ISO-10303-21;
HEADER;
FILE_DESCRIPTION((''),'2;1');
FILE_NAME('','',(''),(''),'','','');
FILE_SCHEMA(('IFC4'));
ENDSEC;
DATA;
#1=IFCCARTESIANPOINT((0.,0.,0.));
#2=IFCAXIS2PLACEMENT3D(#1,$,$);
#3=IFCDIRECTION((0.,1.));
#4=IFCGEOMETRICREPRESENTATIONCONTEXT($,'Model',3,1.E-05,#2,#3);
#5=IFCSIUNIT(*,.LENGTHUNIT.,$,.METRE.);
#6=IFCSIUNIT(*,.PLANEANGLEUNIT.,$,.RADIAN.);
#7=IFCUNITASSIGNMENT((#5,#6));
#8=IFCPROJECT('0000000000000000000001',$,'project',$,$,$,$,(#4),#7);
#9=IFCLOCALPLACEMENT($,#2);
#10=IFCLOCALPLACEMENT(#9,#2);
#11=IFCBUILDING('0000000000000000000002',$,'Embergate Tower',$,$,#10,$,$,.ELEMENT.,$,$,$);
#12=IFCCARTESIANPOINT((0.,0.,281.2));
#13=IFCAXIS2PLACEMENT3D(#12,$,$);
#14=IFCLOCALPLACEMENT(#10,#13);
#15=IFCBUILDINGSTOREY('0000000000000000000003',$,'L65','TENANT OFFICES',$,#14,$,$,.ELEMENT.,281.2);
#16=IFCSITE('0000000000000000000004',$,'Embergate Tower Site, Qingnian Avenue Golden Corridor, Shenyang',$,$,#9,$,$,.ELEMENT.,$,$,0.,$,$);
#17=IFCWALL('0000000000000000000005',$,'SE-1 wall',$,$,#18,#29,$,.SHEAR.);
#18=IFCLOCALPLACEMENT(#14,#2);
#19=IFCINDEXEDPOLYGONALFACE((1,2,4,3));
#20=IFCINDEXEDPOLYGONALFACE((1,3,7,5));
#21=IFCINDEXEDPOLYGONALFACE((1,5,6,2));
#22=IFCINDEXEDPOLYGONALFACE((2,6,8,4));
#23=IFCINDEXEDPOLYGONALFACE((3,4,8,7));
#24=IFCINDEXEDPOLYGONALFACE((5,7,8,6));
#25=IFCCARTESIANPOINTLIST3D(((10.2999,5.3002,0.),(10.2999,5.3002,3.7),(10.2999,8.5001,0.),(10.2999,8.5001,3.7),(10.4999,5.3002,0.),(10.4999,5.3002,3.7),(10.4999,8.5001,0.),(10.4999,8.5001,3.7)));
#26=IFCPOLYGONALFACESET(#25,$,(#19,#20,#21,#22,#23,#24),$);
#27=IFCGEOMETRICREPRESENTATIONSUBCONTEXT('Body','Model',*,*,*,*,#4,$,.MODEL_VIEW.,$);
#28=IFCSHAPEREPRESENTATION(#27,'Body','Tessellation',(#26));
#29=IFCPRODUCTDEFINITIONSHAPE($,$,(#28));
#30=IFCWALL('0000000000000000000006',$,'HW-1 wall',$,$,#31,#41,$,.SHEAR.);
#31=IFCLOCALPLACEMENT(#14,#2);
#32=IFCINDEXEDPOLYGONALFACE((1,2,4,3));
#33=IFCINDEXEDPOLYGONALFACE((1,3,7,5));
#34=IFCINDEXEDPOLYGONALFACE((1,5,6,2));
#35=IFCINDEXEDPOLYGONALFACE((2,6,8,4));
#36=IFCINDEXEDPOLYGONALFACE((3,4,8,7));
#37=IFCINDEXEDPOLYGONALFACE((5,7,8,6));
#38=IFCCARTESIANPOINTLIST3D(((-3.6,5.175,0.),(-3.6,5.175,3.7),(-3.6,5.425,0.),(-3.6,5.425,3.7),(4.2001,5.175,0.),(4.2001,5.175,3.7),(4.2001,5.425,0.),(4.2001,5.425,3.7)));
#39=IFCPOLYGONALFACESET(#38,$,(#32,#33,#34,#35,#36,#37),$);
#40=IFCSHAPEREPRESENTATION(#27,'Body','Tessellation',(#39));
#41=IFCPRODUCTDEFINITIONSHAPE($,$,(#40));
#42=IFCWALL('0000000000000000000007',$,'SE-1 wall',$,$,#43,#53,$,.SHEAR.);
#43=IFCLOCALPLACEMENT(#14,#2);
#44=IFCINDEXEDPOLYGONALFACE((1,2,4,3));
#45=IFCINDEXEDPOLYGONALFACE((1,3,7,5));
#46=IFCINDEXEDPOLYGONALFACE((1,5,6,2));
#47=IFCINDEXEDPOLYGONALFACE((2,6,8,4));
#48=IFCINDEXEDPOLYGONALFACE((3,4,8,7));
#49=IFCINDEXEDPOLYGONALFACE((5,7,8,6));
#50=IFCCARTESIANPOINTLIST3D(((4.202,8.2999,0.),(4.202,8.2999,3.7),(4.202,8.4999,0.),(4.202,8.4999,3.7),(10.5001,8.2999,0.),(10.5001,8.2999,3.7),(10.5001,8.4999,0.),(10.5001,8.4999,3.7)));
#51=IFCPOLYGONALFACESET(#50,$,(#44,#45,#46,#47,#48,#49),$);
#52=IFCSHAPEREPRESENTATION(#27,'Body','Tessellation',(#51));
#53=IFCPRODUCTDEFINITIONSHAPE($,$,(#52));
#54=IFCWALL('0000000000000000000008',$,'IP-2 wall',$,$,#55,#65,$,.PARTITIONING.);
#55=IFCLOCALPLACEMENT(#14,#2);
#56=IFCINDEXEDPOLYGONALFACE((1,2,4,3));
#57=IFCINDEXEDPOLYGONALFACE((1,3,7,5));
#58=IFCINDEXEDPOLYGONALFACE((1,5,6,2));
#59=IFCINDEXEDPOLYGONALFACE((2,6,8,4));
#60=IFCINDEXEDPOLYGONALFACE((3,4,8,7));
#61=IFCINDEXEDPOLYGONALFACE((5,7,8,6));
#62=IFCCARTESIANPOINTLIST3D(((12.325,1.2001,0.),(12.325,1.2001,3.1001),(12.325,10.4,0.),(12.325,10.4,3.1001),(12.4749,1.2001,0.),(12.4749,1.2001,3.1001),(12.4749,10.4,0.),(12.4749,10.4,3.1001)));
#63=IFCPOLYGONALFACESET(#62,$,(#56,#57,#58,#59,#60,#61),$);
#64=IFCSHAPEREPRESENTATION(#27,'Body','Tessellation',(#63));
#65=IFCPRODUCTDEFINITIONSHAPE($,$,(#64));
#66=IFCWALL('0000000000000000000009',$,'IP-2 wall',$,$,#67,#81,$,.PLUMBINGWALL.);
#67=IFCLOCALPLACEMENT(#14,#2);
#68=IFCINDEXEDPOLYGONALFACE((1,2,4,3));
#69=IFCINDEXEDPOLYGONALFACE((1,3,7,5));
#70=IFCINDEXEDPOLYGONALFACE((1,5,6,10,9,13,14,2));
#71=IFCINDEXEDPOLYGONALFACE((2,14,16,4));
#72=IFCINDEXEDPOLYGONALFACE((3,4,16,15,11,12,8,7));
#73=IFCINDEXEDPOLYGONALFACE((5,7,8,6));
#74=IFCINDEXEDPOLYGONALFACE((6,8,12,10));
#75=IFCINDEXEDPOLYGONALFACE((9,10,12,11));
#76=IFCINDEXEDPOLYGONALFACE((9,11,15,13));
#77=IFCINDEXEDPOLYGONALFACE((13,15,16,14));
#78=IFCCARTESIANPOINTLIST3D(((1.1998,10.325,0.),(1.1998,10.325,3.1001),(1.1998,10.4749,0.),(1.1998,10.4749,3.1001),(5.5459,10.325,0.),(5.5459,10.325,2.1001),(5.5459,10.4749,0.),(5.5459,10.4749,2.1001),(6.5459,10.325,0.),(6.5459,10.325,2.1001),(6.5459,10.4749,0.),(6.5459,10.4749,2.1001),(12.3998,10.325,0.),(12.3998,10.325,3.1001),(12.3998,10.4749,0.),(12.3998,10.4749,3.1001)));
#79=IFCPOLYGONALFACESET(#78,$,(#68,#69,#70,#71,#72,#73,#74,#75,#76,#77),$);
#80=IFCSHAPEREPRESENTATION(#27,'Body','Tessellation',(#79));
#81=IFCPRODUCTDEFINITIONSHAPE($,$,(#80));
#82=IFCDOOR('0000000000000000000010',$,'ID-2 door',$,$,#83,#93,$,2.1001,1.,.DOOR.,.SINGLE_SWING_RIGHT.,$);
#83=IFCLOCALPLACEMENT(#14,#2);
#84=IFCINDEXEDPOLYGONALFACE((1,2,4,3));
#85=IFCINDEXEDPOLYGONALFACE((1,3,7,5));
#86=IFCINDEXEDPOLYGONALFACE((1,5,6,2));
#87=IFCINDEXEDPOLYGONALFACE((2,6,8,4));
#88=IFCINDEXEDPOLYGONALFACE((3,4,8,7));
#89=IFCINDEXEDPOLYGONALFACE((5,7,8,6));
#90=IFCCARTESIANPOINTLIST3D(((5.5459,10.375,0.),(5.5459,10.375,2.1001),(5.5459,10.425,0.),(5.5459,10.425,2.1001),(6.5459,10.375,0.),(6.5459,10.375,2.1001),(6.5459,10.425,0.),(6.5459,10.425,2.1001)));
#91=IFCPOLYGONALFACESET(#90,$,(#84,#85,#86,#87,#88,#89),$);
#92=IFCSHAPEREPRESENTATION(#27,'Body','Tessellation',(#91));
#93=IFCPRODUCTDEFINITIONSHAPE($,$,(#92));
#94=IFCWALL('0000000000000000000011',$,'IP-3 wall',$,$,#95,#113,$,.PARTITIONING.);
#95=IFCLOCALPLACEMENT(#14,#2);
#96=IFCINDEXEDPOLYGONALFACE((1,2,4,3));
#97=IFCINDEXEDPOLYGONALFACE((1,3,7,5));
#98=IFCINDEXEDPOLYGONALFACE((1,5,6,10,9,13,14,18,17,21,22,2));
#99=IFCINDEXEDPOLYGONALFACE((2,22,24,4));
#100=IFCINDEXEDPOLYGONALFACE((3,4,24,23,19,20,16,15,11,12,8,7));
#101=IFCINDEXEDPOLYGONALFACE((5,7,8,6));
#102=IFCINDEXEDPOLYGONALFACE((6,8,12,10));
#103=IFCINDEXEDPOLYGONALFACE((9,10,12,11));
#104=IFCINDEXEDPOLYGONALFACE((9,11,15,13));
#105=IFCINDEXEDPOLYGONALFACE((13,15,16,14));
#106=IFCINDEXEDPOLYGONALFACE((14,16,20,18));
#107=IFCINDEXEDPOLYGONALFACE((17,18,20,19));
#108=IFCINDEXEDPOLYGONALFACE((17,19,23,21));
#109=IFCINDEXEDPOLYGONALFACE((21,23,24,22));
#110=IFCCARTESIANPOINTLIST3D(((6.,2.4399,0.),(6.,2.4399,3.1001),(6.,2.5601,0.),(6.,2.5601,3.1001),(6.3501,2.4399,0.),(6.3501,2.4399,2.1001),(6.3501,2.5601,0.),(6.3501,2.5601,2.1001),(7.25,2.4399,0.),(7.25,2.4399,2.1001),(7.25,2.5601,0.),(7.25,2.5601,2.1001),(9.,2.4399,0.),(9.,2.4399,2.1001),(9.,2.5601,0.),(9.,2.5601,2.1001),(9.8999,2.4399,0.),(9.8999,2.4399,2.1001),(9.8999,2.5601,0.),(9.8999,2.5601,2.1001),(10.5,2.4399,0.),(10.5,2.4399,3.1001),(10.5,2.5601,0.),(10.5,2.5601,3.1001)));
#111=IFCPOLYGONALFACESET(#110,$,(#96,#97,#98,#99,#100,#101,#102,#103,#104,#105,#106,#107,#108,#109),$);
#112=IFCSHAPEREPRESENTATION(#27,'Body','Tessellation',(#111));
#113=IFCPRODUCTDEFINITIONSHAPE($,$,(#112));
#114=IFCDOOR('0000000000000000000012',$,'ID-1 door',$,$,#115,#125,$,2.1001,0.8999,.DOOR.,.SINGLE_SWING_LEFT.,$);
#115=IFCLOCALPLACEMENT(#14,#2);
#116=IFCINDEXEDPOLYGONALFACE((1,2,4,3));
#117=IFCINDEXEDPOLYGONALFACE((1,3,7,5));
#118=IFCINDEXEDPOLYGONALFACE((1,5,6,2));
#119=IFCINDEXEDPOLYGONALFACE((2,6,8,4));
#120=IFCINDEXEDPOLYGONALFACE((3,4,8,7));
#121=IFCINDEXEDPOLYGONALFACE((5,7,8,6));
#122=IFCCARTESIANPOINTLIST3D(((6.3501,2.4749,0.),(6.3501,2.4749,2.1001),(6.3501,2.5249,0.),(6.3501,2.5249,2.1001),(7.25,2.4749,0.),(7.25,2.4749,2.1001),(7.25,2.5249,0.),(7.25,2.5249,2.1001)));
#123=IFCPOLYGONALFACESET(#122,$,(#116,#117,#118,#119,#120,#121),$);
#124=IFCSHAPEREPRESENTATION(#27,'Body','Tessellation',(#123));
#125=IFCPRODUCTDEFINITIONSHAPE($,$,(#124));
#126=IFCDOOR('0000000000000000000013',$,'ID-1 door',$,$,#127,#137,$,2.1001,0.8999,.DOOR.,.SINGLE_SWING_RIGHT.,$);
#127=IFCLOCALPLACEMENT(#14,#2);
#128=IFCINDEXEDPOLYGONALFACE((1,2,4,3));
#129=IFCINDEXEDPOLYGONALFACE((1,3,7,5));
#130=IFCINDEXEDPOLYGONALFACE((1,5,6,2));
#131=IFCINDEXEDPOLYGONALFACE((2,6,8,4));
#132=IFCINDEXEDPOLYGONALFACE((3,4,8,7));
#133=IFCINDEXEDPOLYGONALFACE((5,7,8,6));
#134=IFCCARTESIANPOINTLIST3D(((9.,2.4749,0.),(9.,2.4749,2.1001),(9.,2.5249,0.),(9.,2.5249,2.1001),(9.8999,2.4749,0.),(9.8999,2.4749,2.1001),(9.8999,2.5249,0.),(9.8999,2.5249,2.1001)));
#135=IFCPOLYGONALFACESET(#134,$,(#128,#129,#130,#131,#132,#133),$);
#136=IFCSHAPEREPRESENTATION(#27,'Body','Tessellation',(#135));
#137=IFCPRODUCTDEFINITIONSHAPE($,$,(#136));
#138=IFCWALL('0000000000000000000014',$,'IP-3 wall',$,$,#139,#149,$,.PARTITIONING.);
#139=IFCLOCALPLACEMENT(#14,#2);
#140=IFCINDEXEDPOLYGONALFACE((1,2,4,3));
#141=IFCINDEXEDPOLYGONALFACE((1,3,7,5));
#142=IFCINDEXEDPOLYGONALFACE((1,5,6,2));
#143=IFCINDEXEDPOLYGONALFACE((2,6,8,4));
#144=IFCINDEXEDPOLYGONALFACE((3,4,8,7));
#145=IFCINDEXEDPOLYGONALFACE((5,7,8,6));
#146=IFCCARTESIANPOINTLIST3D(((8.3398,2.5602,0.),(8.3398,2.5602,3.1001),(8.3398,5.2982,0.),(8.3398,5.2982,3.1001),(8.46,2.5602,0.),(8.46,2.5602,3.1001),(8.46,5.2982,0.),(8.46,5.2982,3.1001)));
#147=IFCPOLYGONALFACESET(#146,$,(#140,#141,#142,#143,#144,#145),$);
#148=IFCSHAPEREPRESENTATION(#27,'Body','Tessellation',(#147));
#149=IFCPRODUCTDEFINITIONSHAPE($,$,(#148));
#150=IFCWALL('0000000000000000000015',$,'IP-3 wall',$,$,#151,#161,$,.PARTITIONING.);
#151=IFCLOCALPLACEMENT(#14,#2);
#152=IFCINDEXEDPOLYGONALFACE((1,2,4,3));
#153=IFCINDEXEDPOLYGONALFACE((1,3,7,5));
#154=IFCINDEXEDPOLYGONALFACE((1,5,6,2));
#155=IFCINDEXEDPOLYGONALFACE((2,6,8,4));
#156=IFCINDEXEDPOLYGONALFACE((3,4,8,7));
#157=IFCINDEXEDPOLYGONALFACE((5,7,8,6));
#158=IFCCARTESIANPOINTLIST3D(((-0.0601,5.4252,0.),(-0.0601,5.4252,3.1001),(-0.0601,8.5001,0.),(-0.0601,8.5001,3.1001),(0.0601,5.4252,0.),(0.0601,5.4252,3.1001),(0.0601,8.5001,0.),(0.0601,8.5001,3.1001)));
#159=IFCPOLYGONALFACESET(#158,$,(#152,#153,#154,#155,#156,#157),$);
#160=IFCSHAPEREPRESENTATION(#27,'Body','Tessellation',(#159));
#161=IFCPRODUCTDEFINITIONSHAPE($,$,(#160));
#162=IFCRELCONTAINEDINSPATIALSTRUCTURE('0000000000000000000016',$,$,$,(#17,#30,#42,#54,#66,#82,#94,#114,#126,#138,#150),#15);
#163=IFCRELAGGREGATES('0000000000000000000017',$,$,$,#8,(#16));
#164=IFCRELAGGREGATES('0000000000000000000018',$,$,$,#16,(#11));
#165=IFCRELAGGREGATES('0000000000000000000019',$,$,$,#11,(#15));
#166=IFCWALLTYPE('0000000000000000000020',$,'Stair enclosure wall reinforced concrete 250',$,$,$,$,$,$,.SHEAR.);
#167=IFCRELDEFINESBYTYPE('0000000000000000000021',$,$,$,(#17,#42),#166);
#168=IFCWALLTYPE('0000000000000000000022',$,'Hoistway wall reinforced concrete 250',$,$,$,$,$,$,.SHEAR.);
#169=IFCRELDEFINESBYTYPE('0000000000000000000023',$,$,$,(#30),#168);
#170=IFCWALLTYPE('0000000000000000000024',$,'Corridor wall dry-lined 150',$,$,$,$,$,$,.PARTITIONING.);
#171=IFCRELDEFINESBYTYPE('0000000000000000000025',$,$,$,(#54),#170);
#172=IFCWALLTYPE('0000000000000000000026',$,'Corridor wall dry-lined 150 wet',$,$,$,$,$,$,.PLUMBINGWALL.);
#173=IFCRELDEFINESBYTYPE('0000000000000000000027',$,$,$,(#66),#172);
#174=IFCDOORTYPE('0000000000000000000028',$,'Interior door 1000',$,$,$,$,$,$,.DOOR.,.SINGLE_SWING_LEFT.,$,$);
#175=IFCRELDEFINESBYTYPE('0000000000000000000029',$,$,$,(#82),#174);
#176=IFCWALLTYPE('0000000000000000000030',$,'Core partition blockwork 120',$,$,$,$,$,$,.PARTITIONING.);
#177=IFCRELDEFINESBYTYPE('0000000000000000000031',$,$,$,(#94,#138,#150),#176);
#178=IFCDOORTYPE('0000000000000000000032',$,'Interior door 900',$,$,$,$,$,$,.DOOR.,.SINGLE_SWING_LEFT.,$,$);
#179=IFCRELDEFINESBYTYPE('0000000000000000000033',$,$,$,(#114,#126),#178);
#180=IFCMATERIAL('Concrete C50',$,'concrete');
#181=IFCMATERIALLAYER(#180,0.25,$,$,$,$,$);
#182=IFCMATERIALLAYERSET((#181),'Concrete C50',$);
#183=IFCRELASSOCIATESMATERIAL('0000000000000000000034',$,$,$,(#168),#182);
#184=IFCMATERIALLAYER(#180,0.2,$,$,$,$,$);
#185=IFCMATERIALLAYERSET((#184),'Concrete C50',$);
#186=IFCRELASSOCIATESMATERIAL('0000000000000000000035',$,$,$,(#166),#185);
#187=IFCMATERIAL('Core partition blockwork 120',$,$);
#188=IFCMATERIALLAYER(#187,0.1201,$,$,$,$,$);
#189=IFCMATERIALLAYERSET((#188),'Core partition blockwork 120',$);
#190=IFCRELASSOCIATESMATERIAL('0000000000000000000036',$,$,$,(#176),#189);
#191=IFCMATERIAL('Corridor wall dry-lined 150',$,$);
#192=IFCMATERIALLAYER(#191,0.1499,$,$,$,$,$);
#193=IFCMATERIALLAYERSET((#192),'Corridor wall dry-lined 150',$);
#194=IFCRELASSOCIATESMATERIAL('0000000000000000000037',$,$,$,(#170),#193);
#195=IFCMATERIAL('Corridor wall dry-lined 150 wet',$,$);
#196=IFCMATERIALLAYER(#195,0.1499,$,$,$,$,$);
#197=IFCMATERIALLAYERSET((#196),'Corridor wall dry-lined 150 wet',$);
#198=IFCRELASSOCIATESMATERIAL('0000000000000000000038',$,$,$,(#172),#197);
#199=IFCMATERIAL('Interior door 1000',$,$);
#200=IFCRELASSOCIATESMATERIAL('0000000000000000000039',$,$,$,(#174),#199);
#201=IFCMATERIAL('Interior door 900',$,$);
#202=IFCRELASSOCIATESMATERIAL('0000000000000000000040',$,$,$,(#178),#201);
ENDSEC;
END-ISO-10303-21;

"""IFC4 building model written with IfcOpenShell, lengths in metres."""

from ifc_helpers import new_model, si_unit, direction, frame, frame_2d, origin, place, context, subcontext, project, spatial, rectangle, extrude, source, transform, mapped, material, layer, layer_set, type_object, element, fill, save


model = new_model("IFC4")

# Units and contexts
model_context = context("Model", 3, precision=1e-05, world=origin(), true_north=direction((0.0, 1.0)))
body_context = subcontext(model_context, "Body", "Model", "MODEL_VIEW")
ifc_project = project(units=[si_unit("LENGTHUNIT", "METRE"), si_unit("PLANEANGLEUNIT", "RADIAN")], contexts=[model_context])

# Site, building, storey
site_placement = place(None, origin())
site = spatial("IfcSite", under=ifc_project, at=site_placement, Name="Embergate Tower Site, Qingnian Avenue Golden Corridor, Shenyang", CompositionType="ELEMENT", RefElevation=0.0)
building_placement = place(site_placement, origin())
building = spatial("IfcBuilding", under=site, at=building_placement, Name="Embergate Tower", CompositionType="ELEMENT")
storey_placement = place(building_placement, frame((0.0, 0.0, 281.2)))
storey = spatial("IfcBuildingStorey", under=building, at=storey_placement, Name="L65", Description="TENANT OFFICES", CompositionType="ELEMENT", Elevation=281.2)

# Shared definitions
ifc_material_1 = material(Name="Concrete C50", Category="concrete")
ifc_layer_1 = layer(ifc_material_1, 0.25)
ifc_layer_set_1 = layer_set([ifc_layer_1], Name="Concrete C50")
wall_type_1 = type_object("IfcWallType", Name="Hoistway wall reinforced concrete 250", PredefinedType="SHEAR", material=ifc_layer_set_1)

# Shared definitions
ifc_layer_2 = layer(ifc_material_1, 0.2)
ifc_layer_set_2 = layer_set([ifc_layer_2], Name="Concrete C50")
wall_type_2 = type_object("IfcWallType", Name="Stair enclosure wall reinforced concrete 250", PredefinedType="SHEAR", material=ifc_layer_set_2)

# Shared definitions
ifc_material_2 = material(Name="Core partition blockwork 120")
ifc_layer_3 = layer(ifc_material_2, 0.1201)
ifc_layer_set_3 = layer_set([ifc_layer_3], Name="Core partition blockwork 120")
wall_type_3 = type_object("IfcWallType", Name="Core partition blockwork 120", PredefinedType="PARTITIONING", material=ifc_layer_set_3)
shared_shape_1 = source(origin(), body_context, "Body", "SweptSolid", [
    extrude(rectangle(XDim=3.2, YDim=0.2, at=frame_2d((1.6001, 0.0))), origin(), (0.0, 0.0, 1.0), 3.7),
])

# Walls
wall_1_placement = place(storey_placement, frame((10.3999, 5.3, 0.0), z_axis=(0.0, 0.0, 1.0), x_axis=(0.0, 1.0, 0.0)))
element("IfcWall", 1, at=wall_1_placement, inside=storey, type_object=wall_type_2, Name="SE-1 wall", PredefinedType="SHEAR", context=body_context, shape_type="MappedRepresentation", body=[
    mapped(shared_shape_1, transform((0.0, 0.0, 0.0))),
])
shared_shape_2 = source(origin(), body_context, "Body", "SweptSolid", [
    extrude(rectangle(XDim=7.8, YDim=0.25, at=frame_2d((3.8999, 0.0))), origin(), (0.0, 0.0, 1.0), 3.7),
])
wall_2_placement = place(storey_placement, frame((4.2, 5.3, 0.0), z_axis=(0.0, 0.0, 1.0), x_axis=(-1.0, 0.0, 0.0)))
element("IfcWall", 2, at=wall_2_placement, inside=storey, type_object=wall_type_1, Name="HW-1 wall", PredefinedType="SHEAR", context=body_context, shape_type="MappedRepresentation", body=[
    mapped(shared_shape_2, transform((0.0, 0.0, 0.0))),
])
shared_shape_3 = source(origin(), body_context, "Body", "SweptSolid", [
    extrude(rectangle(XDim=6.2981, YDim=0.2, at=frame_2d((3.1489, 0.0))), origin(), (0.0, 0.0, 1.0), 3.7),
])
wall_3_placement = place(storey_placement, frame((10.5, 8.3999, 0.0), z_axis=(0.0, 0.0, 1.0), x_axis=(-1.0, 0.0, 0.0)))
element("IfcWall", 3, at=wall_3_placement, inside=storey, type_object=wall_type_2, Name="SE-1 wall", PredefinedType="SHEAR", context=body_context, shape_type="MappedRepresentation", body=[
    mapped(shared_shape_3, transform((0.0, 0.0, 0.0))),
])
ifc_material_3 = material(Name="Corridor wall dry-lined 150")
ifc_layer_4 = layer(ifc_material_3, 0.1499)
ifc_layer_set_4 = layer_set([ifc_layer_4], Name="Corridor wall dry-lined 150")
wall_type_4 = type_object("IfcWallType", Name="Corridor wall dry-lined 150", PredefinedType="PARTITIONING", material=ifc_layer_set_4)
shared_shape_4 = source(origin(), body_context, "Body", "SweptSolid", [
    extrude(rectangle(XDim=9.2, YDim=0.1499, at=frame_2d((4.6001, 0.0))), origin(), (0.0, 0.0, 1.0), 3.1001),
])
wall_4_placement = place(storey_placement, frame((12.3999, 1.2, 0.0), z_axis=(0.0, 0.0, 1.0), x_axis=(0.0, 1.0, 0.0)))
element("IfcWall", 4, at=wall_4_placement, inside=storey, type_object=wall_type_4, Name="IP-2 wall", PredefinedType="PARTITIONING", context=body_context, shape_type="MappedRepresentation", body=[
    mapped(shared_shape_4, transform((0.0, 0.0, 0.0))),
])

# Wall, opening, door
ifc_material_4 = material(Name="Corridor wall dry-lined 150 wet")
ifc_layer_5 = layer(ifc_material_4, 0.1499)
ifc_layer_set_5 = layer_set([ifc_layer_5], Name="Corridor wall dry-lined 150 wet")
wall_type_5 = type_object("IfcWallType", Name="Corridor wall dry-lined 150 wet", PredefinedType="PLUMBINGWALL", material=ifc_layer_set_5)
shared_shape_5 = source(origin(), body_context, "Body", "SweptSolid", [
    extrude(rectangle(XDim=11.2, YDim=0.1499, at=frame_2d((5.6001, 0.0))), origin(), (0.0, 0.0, 1.0), 3.1001),
])
wall_5_placement = place(storey_placement, frame((12.3999, 10.3999, 0.0), z_axis=(0.0, 0.0, 1.0), x_axis=(-1.0, 0.0, 0.0)))
wall_5 = element("IfcWall", 5, at=wall_5_placement, inside=storey, type_object=wall_type_5, Name="IP-2 wall", PredefinedType="PLUMBINGWALL", context=body_context, shape_type="MappedRepresentation", body=[
    mapped(shared_shape_5, transform((0.0, 0.0, 0.0))),
])
shared_shape_6 = source(origin(), body_context, "Body", "SweptSolid", [
    extrude(rectangle(XDim=1.0, YDim=2.1001, at=frame_2d((0.5, 1.05))), frame((0.0, 0.085, 0.0), z_axis=(0.0, -1.0, 0.0), x_axis=(1.0, 0.0, 0.0)), (0.0, 0.0, 1.0), 0.1699),
])
opening_1_placement = place(wall_5_placement, frame((5.854, 0.0, 0.0)))
opening_1 = element("IfcOpeningElement", 6, at=opening_1_placement, cuts=wall_5, PredefinedType="OPENING", context=body_context, shape_type="MappedRepresentation", body=[
    mapped(shared_shape_6, transform((0.0, 0.0, 0.0))),
])
ifc_material_5 = material(Name="Interior door 1000")
door_type_1 = type_object("IfcDoorType", Name="Interior door 1000", OperationType="SINGLE_SWING_LEFT", PredefinedType="DOOR", material=ifc_material_5)
shared_shape_7 = source(origin(), body_context, "Body", "SweptSolid", [
    extrude(rectangle(XDim=1.0, YDim=2.1001, at=frame_2d((0.5, 1.05))), frame((0.0, 0.0249, 0.0), z_axis=(0.0, -1.0, 0.0), x_axis=(1.0, 0.0, 0.0)), (0.0, 0.0, 1.0), 0.05),
])
door_1_placement = place(opening_1_placement, origin())
door_1 = element("IfcDoor", 7, at=door_1_placement, inside=storey, type_object=door_type_1, Name="ID-2 door", OperationType="SINGLE_SWING_RIGHT", OverallHeight=2.1001, OverallWidth=1.0, PredefinedType="DOOR", context=body_context, shape_type="MappedRepresentation", body=[
    mapped(shared_shape_7, transform((0.0, 0.0, 0.0))),
])
fill(opening_1, door_1)

# Wall, openings, doors
shared_shape_8 = source(origin(), body_context, "Body", "SweptSolid", [
    extrude(rectangle(XDim=4.5, YDim=0.1201, at=frame_2d((2.25, 0.0))), origin(), (0.0, 0.0, 1.0), 3.1001),
])
wall_6_placement = place(storey_placement, frame((6.0, 2.5, 0.0), z_axis=(0.0, 0.0, 1.0), x_axis=(1.0, 0.0, 0.0)))
wall_6 = element("IfcWall", 8, at=wall_6_placement, inside=storey, type_object=wall_type_3, Name="IP-3 wall", PredefinedType="PARTITIONING", context=body_context, shape_type="MappedRepresentation", body=[
    mapped(shared_shape_8, transform((0.0, 0.0, 0.0))),
])
shared_shape_9 = source(origin(), body_context, "Body", "SweptSolid", [
    extrude(rectangle(XDim=0.8999, YDim=2.1001, at=frame_2d((0.45, 1.05))), frame((0.0, 0.0701, 0.0), z_axis=(0.0, -1.0, 0.0), x_axis=(1.0, 0.0, 0.0)), (0.0, 0.0, 1.0), 0.1401),
])
opening_2_placement = place(wall_6_placement, frame((0.3501, 0.0, 0.0)))
opening_2 = element("IfcOpeningElement", 9, at=opening_2_placement, cuts=wall_6, PredefinedType="OPENING", context=body_context, shape_type="MappedRepresentation", body=[
    mapped(shared_shape_9, transform((0.0, 0.0, 0.0))),
])
opening_3_placement = place(wall_6_placement, frame((3.0, 0.0, 0.0)))
opening_3 = element("IfcOpeningElement", 10, at=opening_3_placement, cuts=wall_6, PredefinedType="OPENING", context=body_context, shape_type="MappedRepresentation", body=[
    mapped(shared_shape_9, transform((0.0, 0.0, 0.0))),
])
ifc_material_6 = material(Name="Interior door 900")
door_type_2 = type_object("IfcDoorType", Name="Interior door 900", OperationType="SINGLE_SWING_LEFT", PredefinedType="DOOR", material=ifc_material_6)
shared_shape_10 = source(origin(), body_context, "Body", "SweptSolid", [
    extrude(rectangle(XDim=0.8999, YDim=2.1001, at=frame_2d((0.45, 1.05))), frame((0.0, 0.0249, 0.0), z_axis=(0.0, -1.0, 0.0), x_axis=(1.0, 0.0, 0.0)), (0.0, 0.0, 1.0), 0.05),
])
door_2_placement = place(opening_2_placement, origin())
door_2 = element("IfcDoor", 11, at=door_2_placement, inside=storey, type_object=door_type_2, Name="ID-1 door", OperationType="SINGLE_SWING_LEFT", OverallHeight=2.1001, OverallWidth=0.8999, PredefinedType="DOOR", context=body_context, shape_type="MappedRepresentation", body=[
    mapped(shared_shape_10, transform((0.0, 0.0, 0.0))),
])
fill(opening_2, door_2)
door_3_placement = place(opening_3_placement, origin())
door_3 = element("IfcDoor", 12, at=door_3_placement, inside=storey, type_object=door_type_2, Name="ID-1 door", OperationType="SINGLE_SWING_RIGHT", OverallHeight=2.1001, OverallWidth=0.8999, PredefinedType="DOOR", context=body_context, shape_type="MappedRepresentation", body=[
    mapped(shared_shape_10, transform((0.0, 0.0, 0.0))),
])
fill(opening_3, door_3)

# Walls
shared_shape_11 = source(origin(), body_context, "Body", "SweptSolid", [
    extrude(rectangle(XDim=2.738, YDim=0.1201, at=frame_2d((1.3691, 0.0))), origin(), (0.0, 0.0, 1.0), 3.1001),
])
wall_7_placement = place(storey_placement, frame((8.3999, 2.5601, 0.0), z_axis=(0.0, 0.0, 1.0), x_axis=(0.0, 1.0, 0.0)))
element("IfcWall", 13, at=wall_7_placement, inside=storey, type_object=wall_type_3, Name="IP-3 wall", PredefinedType="PARTITIONING", context=body_context, shape_type="MappedRepresentation", body=[
    mapped(shared_shape_11, transform((0.0, 0.0, 0.0))),
])
shared_shape_12 = source(origin(), body_context, "Body", "SweptSolid", [
    extrude(rectangle(XDim=3.075, YDim=0.1201, at=frame_2d((1.5376, 0.0))), origin(), (0.0, 0.0, 1.0), 3.1001),
])
wall_8_placement = place(storey_placement, frame((0.0, 5.425, 0.0), z_axis=(0.0, 0.0, 1.0), x_axis=(0.0, 1.0, 0.0)))
element("IfcWall", 14, at=wall_8_placement, inside=storey, type_object=wall_type_3, Name="IP-3 wall", PredefinedType="PARTITIONING", context=body_context, shape_type="MappedRepresentation", body=[
    mapped(shared_shape_12, transform((0.0, 0.0, 0.0))),
])

save(model, "model.ifc")
